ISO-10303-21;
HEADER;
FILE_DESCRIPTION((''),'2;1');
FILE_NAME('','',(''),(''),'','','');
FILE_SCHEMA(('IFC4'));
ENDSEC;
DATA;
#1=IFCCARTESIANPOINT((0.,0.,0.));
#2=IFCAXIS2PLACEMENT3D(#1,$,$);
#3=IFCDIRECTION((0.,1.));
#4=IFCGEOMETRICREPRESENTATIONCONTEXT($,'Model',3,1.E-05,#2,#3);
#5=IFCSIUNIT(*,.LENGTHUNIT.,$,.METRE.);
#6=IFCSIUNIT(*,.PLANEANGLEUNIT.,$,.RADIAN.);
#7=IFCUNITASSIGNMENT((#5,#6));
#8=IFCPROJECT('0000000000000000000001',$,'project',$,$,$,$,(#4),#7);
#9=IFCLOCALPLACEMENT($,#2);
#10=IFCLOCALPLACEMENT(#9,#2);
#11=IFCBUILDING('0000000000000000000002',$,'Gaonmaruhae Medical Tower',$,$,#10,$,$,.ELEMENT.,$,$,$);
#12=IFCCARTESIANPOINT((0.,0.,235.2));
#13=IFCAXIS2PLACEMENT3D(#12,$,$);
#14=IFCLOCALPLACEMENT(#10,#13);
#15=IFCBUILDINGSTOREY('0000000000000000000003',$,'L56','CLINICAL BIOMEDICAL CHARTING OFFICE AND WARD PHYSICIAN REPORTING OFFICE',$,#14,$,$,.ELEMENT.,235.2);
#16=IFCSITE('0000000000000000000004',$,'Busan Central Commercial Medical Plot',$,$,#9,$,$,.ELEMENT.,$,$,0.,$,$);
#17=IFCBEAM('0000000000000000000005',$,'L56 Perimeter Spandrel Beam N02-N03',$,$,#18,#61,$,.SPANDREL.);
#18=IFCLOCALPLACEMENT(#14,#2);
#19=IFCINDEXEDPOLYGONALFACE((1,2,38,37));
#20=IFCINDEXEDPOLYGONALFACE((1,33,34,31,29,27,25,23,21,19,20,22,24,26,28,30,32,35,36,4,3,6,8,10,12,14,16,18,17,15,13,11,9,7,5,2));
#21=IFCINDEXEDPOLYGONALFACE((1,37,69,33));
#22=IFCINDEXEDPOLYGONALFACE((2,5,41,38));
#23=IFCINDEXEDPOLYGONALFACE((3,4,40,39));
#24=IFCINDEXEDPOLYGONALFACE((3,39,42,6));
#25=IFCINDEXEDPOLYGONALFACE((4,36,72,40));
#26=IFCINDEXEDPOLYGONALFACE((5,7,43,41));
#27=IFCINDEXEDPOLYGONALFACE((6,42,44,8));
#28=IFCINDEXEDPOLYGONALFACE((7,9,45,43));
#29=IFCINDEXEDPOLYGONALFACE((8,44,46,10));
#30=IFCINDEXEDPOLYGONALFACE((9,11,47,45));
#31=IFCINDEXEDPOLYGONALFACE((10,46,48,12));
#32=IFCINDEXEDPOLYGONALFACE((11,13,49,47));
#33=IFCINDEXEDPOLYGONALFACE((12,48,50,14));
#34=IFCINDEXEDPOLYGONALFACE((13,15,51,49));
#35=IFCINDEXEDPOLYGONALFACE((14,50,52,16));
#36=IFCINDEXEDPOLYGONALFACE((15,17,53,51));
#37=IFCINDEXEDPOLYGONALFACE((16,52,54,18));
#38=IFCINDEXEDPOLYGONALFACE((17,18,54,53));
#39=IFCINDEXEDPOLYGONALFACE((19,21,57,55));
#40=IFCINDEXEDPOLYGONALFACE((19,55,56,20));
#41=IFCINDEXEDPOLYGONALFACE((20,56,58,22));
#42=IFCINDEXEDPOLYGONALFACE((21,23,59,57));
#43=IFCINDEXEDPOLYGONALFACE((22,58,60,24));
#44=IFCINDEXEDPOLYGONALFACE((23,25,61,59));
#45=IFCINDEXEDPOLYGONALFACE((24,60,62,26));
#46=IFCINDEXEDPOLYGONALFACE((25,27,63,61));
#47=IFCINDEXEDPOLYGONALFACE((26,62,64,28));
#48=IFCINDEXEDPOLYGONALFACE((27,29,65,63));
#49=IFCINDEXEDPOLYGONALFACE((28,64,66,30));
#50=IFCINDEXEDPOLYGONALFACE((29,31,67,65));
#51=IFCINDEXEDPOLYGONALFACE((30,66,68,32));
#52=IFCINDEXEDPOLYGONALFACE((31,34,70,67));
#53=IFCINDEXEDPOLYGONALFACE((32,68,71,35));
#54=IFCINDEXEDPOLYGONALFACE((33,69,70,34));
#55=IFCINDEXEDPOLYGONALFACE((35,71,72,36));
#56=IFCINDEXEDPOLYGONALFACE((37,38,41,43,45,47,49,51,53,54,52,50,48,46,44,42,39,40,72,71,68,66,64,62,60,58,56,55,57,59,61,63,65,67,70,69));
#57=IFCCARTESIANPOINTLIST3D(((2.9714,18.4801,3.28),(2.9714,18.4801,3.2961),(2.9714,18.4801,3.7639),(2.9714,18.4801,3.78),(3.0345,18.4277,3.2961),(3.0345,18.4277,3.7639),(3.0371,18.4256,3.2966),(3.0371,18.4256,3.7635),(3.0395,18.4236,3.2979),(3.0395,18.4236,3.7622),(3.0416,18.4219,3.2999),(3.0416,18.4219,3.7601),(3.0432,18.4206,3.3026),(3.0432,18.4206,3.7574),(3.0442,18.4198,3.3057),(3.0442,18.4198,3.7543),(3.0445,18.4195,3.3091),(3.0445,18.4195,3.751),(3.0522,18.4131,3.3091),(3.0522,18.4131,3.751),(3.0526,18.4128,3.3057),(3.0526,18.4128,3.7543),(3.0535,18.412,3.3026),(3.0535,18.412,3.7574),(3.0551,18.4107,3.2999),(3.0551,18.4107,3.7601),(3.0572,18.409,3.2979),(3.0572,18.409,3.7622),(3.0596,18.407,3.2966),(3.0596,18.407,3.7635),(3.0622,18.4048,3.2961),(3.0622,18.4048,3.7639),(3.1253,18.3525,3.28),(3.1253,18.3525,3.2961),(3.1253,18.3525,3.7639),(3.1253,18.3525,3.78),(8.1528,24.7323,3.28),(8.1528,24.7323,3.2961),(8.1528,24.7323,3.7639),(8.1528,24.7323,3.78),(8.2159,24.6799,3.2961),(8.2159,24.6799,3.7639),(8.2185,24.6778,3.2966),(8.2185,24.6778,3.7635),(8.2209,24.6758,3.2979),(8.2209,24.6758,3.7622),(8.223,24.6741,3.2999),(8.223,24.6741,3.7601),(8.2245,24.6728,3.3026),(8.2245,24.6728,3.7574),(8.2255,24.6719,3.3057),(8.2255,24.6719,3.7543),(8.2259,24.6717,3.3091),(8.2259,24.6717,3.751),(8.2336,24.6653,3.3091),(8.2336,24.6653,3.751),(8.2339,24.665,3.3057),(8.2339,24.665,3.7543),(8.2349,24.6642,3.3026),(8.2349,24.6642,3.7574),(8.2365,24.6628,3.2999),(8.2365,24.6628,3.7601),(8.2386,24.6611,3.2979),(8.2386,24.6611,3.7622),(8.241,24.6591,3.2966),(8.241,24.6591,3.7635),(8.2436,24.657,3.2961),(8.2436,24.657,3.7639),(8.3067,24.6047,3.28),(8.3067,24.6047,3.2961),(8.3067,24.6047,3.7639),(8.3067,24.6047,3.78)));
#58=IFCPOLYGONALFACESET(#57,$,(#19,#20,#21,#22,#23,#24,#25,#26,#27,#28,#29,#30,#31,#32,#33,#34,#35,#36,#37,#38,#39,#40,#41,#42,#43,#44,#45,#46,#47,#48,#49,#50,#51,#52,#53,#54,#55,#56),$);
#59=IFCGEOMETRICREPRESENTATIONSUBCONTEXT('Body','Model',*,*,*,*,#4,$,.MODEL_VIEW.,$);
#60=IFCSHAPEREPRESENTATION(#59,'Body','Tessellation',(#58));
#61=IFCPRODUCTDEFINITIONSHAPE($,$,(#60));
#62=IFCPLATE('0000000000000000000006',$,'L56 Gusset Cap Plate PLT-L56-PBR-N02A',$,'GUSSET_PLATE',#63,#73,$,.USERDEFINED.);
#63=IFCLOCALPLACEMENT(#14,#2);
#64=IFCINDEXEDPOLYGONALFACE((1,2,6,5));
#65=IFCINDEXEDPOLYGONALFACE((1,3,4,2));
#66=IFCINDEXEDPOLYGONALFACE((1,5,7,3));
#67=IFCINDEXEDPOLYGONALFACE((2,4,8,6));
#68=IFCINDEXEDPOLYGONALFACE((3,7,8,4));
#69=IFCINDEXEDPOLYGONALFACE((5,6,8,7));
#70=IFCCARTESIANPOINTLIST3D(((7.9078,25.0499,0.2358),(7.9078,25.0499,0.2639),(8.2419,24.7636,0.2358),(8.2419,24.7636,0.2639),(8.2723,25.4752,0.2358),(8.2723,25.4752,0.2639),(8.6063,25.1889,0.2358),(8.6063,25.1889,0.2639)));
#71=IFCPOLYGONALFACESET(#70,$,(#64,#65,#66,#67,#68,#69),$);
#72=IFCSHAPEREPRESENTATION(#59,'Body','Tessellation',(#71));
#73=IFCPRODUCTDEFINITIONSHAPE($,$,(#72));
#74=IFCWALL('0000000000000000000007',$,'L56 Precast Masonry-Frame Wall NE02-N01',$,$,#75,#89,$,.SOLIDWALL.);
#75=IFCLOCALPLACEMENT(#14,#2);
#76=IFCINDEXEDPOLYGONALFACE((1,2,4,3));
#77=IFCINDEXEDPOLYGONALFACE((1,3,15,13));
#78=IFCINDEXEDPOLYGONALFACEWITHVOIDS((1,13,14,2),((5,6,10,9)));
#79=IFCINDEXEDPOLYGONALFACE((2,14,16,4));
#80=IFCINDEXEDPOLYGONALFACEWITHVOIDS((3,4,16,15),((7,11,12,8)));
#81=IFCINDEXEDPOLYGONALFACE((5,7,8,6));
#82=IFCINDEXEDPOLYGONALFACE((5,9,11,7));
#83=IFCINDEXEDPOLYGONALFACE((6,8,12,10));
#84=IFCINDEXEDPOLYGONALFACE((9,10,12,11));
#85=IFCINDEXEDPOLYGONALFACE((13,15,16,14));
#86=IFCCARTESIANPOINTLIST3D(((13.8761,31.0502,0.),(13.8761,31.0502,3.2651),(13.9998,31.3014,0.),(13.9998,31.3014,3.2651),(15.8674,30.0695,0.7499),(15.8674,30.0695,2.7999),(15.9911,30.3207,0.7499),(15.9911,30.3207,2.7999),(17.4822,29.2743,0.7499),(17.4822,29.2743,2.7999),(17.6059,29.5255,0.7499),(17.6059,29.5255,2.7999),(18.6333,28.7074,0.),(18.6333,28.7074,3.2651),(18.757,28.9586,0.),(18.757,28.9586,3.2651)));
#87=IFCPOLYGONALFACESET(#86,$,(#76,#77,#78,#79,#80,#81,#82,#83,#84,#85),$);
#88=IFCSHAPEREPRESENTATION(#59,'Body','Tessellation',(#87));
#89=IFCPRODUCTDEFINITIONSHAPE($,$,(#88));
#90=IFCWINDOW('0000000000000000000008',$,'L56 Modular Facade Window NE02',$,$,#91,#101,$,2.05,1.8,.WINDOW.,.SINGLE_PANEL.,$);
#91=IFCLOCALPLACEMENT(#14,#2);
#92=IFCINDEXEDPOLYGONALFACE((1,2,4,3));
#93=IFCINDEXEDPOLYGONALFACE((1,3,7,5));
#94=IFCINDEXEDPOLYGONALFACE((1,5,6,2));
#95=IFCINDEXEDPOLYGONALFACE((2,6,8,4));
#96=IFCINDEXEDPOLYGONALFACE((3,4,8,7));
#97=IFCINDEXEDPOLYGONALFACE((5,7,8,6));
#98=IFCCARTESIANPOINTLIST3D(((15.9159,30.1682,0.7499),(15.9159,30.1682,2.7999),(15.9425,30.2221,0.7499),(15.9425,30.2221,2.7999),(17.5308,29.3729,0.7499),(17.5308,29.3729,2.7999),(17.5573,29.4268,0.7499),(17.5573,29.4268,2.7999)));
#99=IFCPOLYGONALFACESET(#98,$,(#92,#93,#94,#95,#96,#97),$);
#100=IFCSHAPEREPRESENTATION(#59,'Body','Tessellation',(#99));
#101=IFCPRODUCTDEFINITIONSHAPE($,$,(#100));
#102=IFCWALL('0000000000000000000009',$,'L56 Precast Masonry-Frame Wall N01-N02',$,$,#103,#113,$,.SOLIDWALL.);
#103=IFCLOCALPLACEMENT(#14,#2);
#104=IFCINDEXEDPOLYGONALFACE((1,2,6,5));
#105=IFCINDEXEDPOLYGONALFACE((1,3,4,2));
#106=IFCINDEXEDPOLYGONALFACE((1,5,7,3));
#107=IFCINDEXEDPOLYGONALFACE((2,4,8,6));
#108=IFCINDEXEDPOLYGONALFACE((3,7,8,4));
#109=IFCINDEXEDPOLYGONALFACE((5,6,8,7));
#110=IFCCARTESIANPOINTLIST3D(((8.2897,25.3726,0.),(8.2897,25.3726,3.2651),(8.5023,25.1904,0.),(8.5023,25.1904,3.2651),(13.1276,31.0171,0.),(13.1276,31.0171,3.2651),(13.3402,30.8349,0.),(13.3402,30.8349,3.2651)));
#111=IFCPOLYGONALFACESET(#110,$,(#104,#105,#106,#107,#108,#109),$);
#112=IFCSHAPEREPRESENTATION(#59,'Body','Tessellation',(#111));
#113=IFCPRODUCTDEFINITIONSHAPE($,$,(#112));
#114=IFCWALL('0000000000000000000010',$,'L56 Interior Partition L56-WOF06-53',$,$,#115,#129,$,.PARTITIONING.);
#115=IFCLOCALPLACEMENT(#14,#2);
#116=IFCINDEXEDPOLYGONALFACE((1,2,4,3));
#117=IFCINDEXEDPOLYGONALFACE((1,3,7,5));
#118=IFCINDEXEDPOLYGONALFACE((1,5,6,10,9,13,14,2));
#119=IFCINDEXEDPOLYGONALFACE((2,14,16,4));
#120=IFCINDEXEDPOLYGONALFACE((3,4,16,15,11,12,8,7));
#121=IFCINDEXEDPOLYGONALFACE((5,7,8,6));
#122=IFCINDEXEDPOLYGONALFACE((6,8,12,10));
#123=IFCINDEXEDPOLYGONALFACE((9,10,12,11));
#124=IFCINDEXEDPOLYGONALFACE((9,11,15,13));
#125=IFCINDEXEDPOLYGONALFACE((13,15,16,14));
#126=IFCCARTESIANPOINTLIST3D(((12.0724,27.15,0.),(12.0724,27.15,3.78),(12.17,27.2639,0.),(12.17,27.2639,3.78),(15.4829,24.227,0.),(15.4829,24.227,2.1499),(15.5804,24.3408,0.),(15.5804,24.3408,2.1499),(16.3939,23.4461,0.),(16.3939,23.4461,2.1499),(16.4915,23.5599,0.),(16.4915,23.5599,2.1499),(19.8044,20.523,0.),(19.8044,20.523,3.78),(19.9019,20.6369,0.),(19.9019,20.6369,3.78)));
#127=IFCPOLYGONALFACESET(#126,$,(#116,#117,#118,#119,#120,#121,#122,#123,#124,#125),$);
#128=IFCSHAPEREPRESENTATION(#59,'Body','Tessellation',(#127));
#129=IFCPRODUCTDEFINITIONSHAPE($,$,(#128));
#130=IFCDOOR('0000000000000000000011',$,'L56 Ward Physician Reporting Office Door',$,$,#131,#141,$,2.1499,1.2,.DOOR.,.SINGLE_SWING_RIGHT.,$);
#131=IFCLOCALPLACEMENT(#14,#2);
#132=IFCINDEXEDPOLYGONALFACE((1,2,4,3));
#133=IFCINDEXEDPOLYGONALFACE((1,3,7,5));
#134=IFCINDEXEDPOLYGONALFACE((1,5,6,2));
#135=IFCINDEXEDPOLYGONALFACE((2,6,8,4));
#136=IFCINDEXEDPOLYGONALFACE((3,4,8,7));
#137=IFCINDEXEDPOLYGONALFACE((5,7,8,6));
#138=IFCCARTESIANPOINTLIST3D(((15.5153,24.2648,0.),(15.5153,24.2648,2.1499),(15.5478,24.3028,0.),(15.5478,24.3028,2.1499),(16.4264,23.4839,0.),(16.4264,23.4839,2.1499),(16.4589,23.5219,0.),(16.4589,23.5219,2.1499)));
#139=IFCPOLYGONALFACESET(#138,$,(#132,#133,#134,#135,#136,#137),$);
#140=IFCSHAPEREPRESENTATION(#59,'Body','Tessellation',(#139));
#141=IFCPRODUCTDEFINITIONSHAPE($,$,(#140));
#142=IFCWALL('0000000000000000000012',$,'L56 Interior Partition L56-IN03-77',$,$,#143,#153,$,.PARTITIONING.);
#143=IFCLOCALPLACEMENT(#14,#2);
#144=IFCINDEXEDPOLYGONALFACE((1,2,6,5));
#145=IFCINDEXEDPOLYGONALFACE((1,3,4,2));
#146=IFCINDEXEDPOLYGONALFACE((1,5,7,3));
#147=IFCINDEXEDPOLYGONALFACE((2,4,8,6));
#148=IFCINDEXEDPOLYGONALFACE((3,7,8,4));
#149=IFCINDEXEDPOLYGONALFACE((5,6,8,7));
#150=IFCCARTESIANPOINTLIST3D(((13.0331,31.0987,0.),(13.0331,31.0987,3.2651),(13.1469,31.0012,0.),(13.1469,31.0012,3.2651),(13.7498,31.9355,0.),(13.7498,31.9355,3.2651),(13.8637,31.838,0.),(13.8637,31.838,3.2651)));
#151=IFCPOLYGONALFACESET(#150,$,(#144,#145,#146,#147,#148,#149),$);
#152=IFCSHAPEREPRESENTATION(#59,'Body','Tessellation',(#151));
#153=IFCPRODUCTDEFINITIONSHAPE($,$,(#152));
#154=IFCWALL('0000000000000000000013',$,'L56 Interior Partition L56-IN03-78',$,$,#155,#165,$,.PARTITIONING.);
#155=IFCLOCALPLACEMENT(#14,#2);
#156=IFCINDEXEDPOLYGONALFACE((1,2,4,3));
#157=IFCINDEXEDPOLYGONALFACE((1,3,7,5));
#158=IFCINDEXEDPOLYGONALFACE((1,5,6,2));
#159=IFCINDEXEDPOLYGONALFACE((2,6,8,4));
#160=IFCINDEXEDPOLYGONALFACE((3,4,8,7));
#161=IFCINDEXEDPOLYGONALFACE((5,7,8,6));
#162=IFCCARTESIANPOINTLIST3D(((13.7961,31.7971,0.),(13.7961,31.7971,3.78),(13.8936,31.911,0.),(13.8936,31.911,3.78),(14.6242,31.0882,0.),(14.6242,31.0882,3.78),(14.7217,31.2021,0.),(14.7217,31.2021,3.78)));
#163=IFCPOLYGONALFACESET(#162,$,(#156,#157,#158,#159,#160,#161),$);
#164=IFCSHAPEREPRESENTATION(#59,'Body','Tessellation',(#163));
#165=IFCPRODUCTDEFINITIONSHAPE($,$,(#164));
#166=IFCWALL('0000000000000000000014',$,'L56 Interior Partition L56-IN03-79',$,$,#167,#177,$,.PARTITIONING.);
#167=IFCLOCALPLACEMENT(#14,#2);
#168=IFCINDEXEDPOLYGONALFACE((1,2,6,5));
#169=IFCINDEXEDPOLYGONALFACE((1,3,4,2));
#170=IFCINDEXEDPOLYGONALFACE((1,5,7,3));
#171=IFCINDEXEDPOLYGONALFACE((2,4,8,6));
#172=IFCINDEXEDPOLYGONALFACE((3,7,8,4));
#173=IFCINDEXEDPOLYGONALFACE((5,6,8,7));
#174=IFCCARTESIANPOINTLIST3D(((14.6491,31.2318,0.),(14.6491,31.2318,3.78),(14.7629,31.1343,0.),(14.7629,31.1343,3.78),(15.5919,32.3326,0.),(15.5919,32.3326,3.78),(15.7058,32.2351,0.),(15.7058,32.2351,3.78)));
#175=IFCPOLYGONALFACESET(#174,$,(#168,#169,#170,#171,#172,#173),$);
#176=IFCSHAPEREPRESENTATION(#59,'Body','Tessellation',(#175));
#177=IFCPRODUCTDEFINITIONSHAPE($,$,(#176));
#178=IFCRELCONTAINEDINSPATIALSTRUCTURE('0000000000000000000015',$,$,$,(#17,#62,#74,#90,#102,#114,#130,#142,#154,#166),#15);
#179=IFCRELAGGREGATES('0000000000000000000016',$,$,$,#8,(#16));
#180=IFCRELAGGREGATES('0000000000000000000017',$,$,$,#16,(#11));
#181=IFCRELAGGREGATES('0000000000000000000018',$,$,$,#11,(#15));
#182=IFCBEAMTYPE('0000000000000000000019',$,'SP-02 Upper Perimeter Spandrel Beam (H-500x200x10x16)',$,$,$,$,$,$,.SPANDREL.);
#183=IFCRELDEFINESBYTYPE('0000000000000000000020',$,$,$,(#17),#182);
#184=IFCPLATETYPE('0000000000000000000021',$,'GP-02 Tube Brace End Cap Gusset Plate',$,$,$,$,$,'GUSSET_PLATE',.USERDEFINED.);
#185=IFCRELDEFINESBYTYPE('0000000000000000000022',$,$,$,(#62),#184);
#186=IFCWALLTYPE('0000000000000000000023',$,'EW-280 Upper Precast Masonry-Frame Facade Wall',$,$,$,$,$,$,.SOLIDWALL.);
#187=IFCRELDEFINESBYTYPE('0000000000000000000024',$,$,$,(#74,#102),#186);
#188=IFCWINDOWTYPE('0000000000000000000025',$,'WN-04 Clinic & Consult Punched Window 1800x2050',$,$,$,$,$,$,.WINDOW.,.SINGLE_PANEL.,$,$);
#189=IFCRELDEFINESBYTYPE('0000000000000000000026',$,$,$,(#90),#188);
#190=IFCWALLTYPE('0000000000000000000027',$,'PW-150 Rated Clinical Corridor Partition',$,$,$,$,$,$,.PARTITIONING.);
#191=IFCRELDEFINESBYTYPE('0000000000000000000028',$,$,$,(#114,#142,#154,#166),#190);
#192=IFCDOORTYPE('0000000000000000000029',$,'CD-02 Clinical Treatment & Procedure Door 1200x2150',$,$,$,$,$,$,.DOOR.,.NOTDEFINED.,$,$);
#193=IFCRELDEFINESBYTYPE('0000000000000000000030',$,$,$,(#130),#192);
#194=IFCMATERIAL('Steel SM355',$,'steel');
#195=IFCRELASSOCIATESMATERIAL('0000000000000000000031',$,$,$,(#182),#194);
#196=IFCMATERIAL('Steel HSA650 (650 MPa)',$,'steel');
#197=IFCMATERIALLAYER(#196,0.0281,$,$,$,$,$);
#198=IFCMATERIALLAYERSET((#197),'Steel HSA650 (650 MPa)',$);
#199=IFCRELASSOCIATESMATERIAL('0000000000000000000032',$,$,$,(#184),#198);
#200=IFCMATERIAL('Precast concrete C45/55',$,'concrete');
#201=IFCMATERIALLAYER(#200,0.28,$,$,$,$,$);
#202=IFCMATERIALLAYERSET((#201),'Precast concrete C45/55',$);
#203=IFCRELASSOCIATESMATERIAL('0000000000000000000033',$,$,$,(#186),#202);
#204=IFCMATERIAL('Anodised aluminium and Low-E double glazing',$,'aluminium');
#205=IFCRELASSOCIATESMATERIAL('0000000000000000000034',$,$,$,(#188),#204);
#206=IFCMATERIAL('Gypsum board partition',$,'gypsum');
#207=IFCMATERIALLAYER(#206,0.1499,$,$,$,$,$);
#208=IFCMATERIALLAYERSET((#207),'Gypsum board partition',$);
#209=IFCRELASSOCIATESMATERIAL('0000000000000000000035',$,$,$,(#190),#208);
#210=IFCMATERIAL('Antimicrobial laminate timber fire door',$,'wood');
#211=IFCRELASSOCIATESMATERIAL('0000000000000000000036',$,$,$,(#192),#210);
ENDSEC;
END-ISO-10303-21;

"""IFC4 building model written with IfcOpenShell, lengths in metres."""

from ifc_helpers import new_model, si_unit, direction, frame, frame_2d, origin, origin_2d, place, context, subcontext, project, spatial, rectangle, i_section, extrude, material, layer, layer_set, material_profile, profile_set, type_object, element, fill, save


model = new_model("IFC4")

# Units and contexts
model_context = context("Model", 3, precision=1e-05, world=origin(), true_north=direction((0.0, 1.0)))
body_context = subcontext(model_context, "Body", "Model", "MODEL_VIEW")
ifc_project = project(units=[si_unit("LENGTHUNIT", "METRE"), si_unit("PLANEANGLEUNIT", "RADIAN")], contexts=[model_context])

# Site, building, storey
site_placement = place(None, origin())
site = spatial("IfcSite", under=ifc_project, at=site_placement, Name="Busan Central Commercial Medical Plot", CompositionType="ELEMENT", RefElevation=0.0)
building_placement = place(site_placement, origin())
building = spatial("IfcBuilding", under=site, at=building_placement, Name="Gaonmaruhae Medical Tower", CompositionType="ELEMENT")
storey_placement = place(building_placement, frame((0.0, 0.0, 235.2)))
storey = spatial("IfcBuildingStorey", under=building, at=storey_placement, Name="L56", Description="CLINICAL BIOMEDICAL CHARTING OFFICE AND WARD PHYSICIAN REPORTING OFFICE", CompositionType="ELEMENT", Elevation=235.2)

# Shared definitions
ifc_material_1 = material(Name="Steel SM355", Category="steel")

# Beam
ifc_material_profile_1 = material_profile(ifc_material_1, i_section(OverallWidth=0.2, OverallDepth=0.5, WebThickness=0.01, FlangeThickness=0.0161, FilletRadius=0.0129, at=origin_2d()), Name="H-500x200x10x16")
ifc_profile_set_1 = profile_set([ifc_material_profile_1], Name="Steel SM355")
beam_type_1 = type_object("IfcBeamType", Name="SP-02 Upper Perimeter Spandrel Beam (H-500x200x10x16)", PredefinedType="SPANDREL", material=ifc_profile_set_1)
beam_1_placement = place(storey_placement, frame((8.2297, 24.6685, 3.53), z_axis=(-0.638091, -0.769961, 0.0), x_axis=(0.769961, -0.638091, 0.0)))
element("IfcBeam", 1, at=beam_1_placement, inside=storey, type_object=beam_type_1, Name="L56 Perimeter Spandrel Beam N02-N03", PredefinedType="SPANDREL", context=body_context, shape_type="SweptSolid", body=[
    extrude(i_section(OverallWidth=0.2, OverallDepth=0.5, WebThickness=0.01, FlangeThickness=0.0161, FilletRadius=0.0129, at=origin_2d()), origin(), (0.0, 0.0, 1.0), 8.1201),
])

# Plate
ifc_material_2 = material(Name="Steel HSA650 (650 MPa)", Category="steel")
ifc_layer_1 = layer(ifc_material_2, 0.0281)
ifc_layer_set_1 = layer_set([ifc_layer_1], Name="Steel HSA650 (650 MPa)")
plate_type = type_object("IfcPlateType", Name="GP-02 Tube Brace End Cap Gusset Plate", ElementType="GUSSET_PLATE", PredefinedType="USERDEFINED", material=ifc_layer_set_1)
plate_placement = place(storey_placement, frame((8.2571, 25.1194, 0.2358), z_axis=(0.0, 0.0, 1.0), x_axis=(0.650774, 0.759271, 0.0)))
element("IfcPlate", 2, at=plate_placement, inside=storey, type_object=plate_type, Name="L56 Gusset Cap Plate PLT-L56-PBR-N02A", ObjectType="GUSSET_PLATE", PredefinedType="USERDEFINED", context=body_context, shape_type="SweptSolid", body=[
    extrude(rectangle(XDim=0.5601, YDim=0.4399, at=origin_2d()), origin(), (0.0, 0.0, 1.0), 0.0281),
])

# Wall, opening, window
ifc_material_3 = material(Name="Precast concrete C45/55", Category="concrete")
ifc_layer_2 = layer(ifc_material_3, 0.28)
ifc_layer_set_2 = layer_set([ifc_layer_2], Name="Precast concrete C45/55")
wall_type_1 = type_object("IfcWallType", Name="EW-280 Upper Precast Masonry-Frame Facade Wall", PredefinedType="SOLIDWALL", material=ifc_layer_set_2)
wall_1_placement = place(storey_placement, frame((13.938, 31.1758, 0.0), z_axis=(0.0, 0.0, 1.0), x_axis=(0.897109, -0.441809, 0.0)))
wall_1 = element("IfcWall", 3, at=wall_1_placement, inside=storey, type_object=wall_type_1, Name="L56 Precast Masonry-Frame Wall NE02-N01", PredefinedType="SOLIDWALL", context=body_context, shape_type="SweptSolid", body=[
    extrude(rectangle(XDim=5.3027, YDim=0.28, at=frame_2d((2.6514, 0.0))), origin(), (0.0, 0.0, 1.0), 3.2651),
])
opening_1_placement = place(wall_1_placement, frame((2.2197, 0.0, 0.75)))
opening_1 = element("IfcOpeningElement", 4, at=opening_1_placement, cuts=wall_1, PredefinedType="OPENING", context=body_context, shape_type="SweptSolid", body=[
    extrude(rectangle(XDim=1.8, YDim=2.05, at=frame_2d((0.8999, 1.0249))), frame((0.0, 0.1499, 0.0), z_axis=(0.0, -1.0, 0.0), x_axis=(1.0, 0.0, 0.0)), (0.0, 0.0, 1.0), 0.3),
])
ifc_material_4 = material(Name="Anodised aluminium and Low-E double glazing", Category="aluminium")
window_type = type_object("IfcWindowType", Name="WN-04 Clinic & Consult Punched Window 1800x2050", PartitioningType="SINGLE_PANEL", PredefinedType="WINDOW", material=ifc_material_4)
window_placement = place(opening_1_placement, origin())
window = element("IfcWindow", 5, at=window_placement, inside=storey, type_object=window_type, Name="L56 Modular Facade Window NE02", OverallHeight=2.05, OverallWidth=1.8, PartitioningType="SINGLE_PANEL", PredefinedType="WINDOW", context=body_context, shape_type="SweptSolid", body=[
    extrude(rectangle(XDim=1.8, YDim=2.05, at=frame_2d((0.8999, 1.0249))), frame((0.0, 0.03, 0.0), z_axis=(0.0, -1.0, 0.0), x_axis=(1.0, 0.0, 0.0)), (0.0, 0.0, 1.0), 0.0601),
])
fill(opening_1, window)

# Wall
wall_2_placement = place(storey_placement, frame((8.396, 25.2815, 0.0), z_axis=(0.0, 0.0, 1.0), x_axis=(0.65077, 0.759275, 0.0)))
element("IfcWall", 6, at=wall_2_placement, inside=storey, type_object=wall_type_1, Name="L56 Precast Masonry-Frame Wall N01-N02", PredefinedType="SOLIDWALL", context=body_context, shape_type="SweptSolid", body=[
    extrude(rectangle(XDim=7.4341, YDim=0.28, at=frame_2d((3.717, 0.0))), origin(), (0.0, 0.0, 1.0), 3.2651),
])

# Wall, opening, door
ifc_material_5 = material(Name="Gypsum board partition", Category="gypsum")
ifc_layer_3 = layer(ifc_material_5, 0.1499)
ifc_layer_set_3 = layer_set([ifc_layer_3], Name="Gypsum board partition")
wall_type_2 = type_object("IfcWallType", Name="PW-150 Rated Clinical Corridor Partition", PredefinedType="PARTITIONING", material=ifc_layer_set_3)
wall_3_placement = place(storey_placement, frame((12.1211, 27.207, 0.0), z_axis=(0.0, 0.0, 1.0), x_axis=(0.759277, -0.650768, 0.0)))
wall_3 = element("IfcWall", 7, at=wall_3_placement, inside=storey, type_object=wall_type_2, Name="L56 Interior Partition L56-WOF06-53", PredefinedType="PARTITIONING", context=body_context, shape_type="SweptSolid", body=[
    extrude(rectangle(XDim=10.1833, YDim=0.1499, at=frame_2d((5.0918, 0.0))), origin(), (0.0, 0.0, 1.0), 3.78),
])
opening_2_placement = place(wall_3_placement, frame((4.4917, 0.0, 0.0)))
opening_2 = element("IfcOpeningElement", 8, at=opening_2_placement, cuts=wall_3, PredefinedType="OPENING", context=body_context, shape_type="SweptSolid", body=[
    extrude(rectangle(XDim=1.2, YDim=2.1499, at=frame_2d((0.6001, 1.075))), frame((0.0, 0.085, 0.0), z_axis=(0.0, -1.0, 0.0), x_axis=(1.0, 0.0, 0.0)), (0.0, 0.0, 1.0), 0.1699),
])
ifc_material_6 = material(Name="Antimicrobial laminate timber fire door", Category="wood")
door_type_1 = type_object("IfcDoorType", Name="CD-02 Clinical Treatment & Procedure Door 1200x2150", OperationType="NOTDEFINED", PredefinedType="DOOR", material=ifc_material_6)
door_1_placement = place(opening_2_placement, origin())
door_1 = element("IfcDoor", 9, at=door_1_placement, inside=storey, type_object=door_type_1, Name="L56 Ward Physician Reporting Office Door", OperationType="SINGLE_SWING_RIGHT", OverallHeight=2.1499, OverallWidth=1.2, PredefinedType="DOOR", context=body_context, shape_type="SweptSolid", body=[
    extrude(rectangle(XDim=1.2, YDim=2.1499, at=frame_2d((0.6001, 1.075))), frame((0.0, 0.0249, 0.0), z_axis=(0.0, -1.0, 0.0), x_axis=(1.0, 0.0, 0.0)), (0.0, 0.0, 1.0), 0.05),
])
fill(opening_2, door_1)

# Walls
wall_4_placement = place(storey_placement, frame((13.0901, 31.05, 0.0), z_axis=(0.0, 0.0, 1.0), x_axis=(0.650499, 0.759507, 0.0)))
element("IfcWall", 10, at=wall_4_placement, inside=storey, type_object=wall_type_2, Name="L56 Interior Partition L56-IN03-77", PredefinedType="PARTITIONING", context=body_context, shape_type="SweptSolid", body=[
    extrude(rectangle(XDim=1.1018, YDim=0.1499, at=frame_2d((0.5508, 0.0))), origin(), (0.0, 0.0, 1.0), 3.2651),
])
wall_5_placement = place(storey_placement, frame((13.845, 31.854, 0.0), z_axis=(0.0, 0.0, 1.0), x_axis=(0.759636, -0.650349, 0.0)))
element("IfcWall", 11, at=wall_5_placement, inside=storey, type_object=wall_type_2, Name="L56 Interior Partition L56-IN03-78", PredefinedType="PARTITIONING", context=body_context, shape_type="SweptSolid", body=[
    extrude(rectangle(XDim=1.0901, YDim=0.1499, at=frame_2d((0.5449, 0.0))), origin(), (0.0, 0.0, 1.0), 3.78),
])
wall_6_placement = place(storey_placement, frame((14.7061, 31.1831, 0.0), z_axis=(0.0, 0.0, 1.0), x_axis=(0.650514, 0.759494, 0.0)))
element("IfcWall", 12, at=wall_6_placement, inside=storey, type_object=wall_type_2, Name="L56 Interior Partition L56-IN03-79", PredefinedType="PARTITIONING", context=body_context, shape_type="SweptSolid", body=[
    extrude(rectangle(XDim=1.4495, YDim=0.1499, at=frame_2d((0.7246, 0.0))), origin(), (0.0, 0.0, 1.0), 3.78),
])

save(model, "model.ifc")
